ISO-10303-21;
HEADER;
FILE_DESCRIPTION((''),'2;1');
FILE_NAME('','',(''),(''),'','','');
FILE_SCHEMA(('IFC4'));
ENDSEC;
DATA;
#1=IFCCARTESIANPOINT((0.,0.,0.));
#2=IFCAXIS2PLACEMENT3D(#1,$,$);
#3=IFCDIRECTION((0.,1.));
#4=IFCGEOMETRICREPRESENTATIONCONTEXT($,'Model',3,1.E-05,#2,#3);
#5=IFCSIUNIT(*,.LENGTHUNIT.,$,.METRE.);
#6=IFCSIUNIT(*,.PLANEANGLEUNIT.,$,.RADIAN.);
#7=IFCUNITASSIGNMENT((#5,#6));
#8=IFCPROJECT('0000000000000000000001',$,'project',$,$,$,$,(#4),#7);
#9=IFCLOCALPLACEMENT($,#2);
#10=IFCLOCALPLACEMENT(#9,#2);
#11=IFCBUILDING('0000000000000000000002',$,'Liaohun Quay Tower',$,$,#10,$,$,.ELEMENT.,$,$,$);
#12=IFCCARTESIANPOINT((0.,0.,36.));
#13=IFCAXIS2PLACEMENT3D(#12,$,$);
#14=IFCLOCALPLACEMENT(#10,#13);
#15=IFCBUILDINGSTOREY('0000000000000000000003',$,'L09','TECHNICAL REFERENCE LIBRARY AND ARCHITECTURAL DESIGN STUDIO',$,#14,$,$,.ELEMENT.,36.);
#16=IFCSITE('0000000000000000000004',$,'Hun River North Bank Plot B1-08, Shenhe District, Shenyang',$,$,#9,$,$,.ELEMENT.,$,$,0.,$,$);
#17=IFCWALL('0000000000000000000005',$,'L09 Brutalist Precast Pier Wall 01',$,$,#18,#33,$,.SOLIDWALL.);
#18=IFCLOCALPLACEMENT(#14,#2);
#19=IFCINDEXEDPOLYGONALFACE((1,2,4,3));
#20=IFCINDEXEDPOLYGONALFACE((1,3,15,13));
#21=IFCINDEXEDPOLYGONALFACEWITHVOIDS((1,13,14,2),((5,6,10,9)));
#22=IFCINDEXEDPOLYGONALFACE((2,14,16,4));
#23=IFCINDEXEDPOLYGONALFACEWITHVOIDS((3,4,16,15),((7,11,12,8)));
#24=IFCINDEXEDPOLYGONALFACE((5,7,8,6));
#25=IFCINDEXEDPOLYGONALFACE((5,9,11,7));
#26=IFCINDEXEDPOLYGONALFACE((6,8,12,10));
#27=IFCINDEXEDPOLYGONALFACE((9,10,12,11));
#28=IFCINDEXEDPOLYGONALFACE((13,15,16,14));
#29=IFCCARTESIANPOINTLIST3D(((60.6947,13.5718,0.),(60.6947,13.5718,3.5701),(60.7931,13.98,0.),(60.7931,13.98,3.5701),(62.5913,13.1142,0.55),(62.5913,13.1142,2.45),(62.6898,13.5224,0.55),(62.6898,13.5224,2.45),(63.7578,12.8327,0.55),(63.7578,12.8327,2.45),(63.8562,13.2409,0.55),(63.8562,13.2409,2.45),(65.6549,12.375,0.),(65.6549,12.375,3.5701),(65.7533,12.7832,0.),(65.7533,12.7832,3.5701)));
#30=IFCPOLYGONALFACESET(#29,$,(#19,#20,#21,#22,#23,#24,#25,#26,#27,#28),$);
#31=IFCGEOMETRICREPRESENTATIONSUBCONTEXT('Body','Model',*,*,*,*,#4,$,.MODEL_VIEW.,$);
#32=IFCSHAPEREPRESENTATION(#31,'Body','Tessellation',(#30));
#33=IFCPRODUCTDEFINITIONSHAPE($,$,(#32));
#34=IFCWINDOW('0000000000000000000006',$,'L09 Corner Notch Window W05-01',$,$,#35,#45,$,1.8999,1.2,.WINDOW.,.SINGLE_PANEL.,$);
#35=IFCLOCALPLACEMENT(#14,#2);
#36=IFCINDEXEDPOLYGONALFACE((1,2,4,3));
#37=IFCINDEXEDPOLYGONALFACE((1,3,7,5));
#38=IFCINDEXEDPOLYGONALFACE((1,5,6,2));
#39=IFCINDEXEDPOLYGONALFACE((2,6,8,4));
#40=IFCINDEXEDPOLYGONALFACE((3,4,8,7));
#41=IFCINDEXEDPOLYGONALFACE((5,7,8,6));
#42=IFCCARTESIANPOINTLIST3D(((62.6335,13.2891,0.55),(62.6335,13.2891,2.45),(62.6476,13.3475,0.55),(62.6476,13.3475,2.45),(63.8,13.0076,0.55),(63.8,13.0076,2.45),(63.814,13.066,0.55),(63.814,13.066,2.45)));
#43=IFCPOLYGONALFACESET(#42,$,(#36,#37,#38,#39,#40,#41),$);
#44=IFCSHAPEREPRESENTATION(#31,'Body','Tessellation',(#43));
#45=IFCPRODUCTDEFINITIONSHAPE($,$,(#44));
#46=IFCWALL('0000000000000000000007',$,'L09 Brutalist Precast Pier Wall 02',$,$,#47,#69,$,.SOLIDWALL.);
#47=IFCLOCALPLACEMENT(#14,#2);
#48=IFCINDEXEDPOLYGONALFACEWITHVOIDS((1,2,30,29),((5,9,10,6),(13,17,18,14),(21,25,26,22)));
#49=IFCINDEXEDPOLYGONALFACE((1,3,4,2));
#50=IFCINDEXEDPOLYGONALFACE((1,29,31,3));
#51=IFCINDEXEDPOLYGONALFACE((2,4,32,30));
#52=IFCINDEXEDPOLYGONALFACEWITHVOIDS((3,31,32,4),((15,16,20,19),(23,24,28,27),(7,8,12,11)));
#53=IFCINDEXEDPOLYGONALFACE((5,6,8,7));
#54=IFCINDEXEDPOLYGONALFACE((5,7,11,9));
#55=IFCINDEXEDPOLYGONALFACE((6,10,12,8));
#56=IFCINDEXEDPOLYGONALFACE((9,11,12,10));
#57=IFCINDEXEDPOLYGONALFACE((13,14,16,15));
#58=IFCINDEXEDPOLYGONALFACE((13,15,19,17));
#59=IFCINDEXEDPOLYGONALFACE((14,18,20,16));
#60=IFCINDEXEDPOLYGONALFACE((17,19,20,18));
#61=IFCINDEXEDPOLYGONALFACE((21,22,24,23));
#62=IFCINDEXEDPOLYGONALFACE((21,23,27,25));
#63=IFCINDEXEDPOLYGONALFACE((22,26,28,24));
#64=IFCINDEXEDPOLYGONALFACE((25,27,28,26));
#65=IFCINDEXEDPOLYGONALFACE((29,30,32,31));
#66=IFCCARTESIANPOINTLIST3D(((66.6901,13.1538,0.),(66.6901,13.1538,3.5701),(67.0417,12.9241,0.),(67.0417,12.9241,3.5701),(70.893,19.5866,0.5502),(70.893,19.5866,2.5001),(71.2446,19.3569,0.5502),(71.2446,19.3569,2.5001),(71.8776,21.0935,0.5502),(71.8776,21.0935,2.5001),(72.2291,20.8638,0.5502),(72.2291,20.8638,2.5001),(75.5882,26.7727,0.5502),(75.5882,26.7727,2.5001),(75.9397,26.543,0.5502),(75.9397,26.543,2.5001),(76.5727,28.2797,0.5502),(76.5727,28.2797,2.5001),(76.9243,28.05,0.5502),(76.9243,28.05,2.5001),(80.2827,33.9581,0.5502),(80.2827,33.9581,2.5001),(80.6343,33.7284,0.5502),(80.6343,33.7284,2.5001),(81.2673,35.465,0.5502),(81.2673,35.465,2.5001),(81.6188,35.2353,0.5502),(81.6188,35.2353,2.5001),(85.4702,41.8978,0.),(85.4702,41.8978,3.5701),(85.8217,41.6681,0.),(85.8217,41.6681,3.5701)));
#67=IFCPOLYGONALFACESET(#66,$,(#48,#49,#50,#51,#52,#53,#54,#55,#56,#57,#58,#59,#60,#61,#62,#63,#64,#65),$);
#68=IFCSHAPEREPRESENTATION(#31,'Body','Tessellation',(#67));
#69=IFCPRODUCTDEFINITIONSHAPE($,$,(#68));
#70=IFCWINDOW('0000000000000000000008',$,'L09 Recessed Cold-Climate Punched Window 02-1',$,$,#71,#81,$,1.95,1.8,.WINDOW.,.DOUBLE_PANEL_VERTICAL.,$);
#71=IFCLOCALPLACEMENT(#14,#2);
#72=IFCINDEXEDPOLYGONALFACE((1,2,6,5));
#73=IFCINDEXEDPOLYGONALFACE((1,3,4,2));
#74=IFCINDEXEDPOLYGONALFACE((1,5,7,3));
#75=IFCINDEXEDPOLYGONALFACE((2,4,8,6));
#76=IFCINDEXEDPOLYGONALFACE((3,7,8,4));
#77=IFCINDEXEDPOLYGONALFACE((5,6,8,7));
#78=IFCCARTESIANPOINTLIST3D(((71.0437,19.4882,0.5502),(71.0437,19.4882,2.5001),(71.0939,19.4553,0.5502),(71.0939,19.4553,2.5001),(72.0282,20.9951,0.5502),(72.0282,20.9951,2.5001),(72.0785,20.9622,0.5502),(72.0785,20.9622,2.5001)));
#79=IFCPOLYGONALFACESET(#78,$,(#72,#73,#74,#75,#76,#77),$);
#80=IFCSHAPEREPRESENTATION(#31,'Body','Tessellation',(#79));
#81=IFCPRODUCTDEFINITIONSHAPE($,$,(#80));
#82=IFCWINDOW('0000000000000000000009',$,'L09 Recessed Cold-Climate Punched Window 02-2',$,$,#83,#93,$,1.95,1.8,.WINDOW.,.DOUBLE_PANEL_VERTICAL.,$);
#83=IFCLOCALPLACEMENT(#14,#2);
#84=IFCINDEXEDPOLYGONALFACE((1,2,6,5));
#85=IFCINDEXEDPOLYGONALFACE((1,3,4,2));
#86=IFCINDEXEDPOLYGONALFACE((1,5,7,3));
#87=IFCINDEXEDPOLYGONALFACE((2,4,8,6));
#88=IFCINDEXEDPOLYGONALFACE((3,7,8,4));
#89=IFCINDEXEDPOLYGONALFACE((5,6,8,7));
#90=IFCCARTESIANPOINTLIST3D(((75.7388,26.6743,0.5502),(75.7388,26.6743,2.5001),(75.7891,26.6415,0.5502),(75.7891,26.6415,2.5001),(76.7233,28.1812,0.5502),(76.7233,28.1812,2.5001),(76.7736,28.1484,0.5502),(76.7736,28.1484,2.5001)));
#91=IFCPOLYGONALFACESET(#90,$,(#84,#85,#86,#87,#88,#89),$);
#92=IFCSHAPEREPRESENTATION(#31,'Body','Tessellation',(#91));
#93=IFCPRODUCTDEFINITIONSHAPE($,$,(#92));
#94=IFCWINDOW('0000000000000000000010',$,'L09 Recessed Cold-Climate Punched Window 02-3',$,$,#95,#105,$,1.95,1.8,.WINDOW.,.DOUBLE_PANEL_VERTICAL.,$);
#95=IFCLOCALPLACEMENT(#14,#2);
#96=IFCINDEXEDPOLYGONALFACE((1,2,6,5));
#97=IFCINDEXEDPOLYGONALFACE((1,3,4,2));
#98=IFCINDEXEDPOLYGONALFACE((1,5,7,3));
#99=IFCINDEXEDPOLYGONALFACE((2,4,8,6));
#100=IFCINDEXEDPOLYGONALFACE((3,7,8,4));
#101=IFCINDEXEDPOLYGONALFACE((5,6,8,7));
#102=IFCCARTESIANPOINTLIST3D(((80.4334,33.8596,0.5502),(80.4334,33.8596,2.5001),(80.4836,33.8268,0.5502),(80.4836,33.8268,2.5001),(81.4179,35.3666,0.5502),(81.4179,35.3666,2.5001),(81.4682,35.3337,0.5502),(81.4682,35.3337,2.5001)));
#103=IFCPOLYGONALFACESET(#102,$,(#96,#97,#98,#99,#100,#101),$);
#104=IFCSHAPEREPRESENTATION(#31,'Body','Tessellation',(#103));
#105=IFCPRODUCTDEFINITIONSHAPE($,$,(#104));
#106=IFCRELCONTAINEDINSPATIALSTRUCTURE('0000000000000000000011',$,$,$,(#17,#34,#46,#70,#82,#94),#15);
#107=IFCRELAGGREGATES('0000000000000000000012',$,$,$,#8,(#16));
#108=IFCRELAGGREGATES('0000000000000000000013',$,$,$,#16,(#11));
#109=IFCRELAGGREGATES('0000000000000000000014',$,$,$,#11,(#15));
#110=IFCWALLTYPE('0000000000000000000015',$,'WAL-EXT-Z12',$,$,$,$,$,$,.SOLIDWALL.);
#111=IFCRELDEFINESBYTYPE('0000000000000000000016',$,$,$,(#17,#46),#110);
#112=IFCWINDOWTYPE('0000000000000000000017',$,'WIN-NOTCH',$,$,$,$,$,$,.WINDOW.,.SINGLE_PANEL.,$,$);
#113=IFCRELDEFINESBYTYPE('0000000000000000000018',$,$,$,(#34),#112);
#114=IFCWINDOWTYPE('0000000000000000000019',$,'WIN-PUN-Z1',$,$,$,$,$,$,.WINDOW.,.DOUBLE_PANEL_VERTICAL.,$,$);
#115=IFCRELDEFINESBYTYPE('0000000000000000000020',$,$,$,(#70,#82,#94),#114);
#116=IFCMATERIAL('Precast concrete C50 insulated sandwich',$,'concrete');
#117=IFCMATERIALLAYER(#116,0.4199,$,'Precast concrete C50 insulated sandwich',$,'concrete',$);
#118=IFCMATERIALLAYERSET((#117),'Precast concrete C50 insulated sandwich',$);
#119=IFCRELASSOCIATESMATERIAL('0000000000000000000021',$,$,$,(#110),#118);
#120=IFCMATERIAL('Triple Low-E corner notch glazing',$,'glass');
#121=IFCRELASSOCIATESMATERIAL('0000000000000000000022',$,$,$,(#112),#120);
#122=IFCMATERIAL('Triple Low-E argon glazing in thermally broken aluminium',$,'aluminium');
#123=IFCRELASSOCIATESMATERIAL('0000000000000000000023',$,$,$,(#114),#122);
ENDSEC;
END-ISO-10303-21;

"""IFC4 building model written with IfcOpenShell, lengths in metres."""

from ifc_helpers import new_model, si_unit, direction, frame, frame_2d, origin, place, context, subcontext, project, spatial, rectangle, extrude, source, transform, mapped, material, layer, layer_set, type_object, element, fill, save


model = new_model("IFC4")

# Units and contexts
model_context = context("Model", 3, precision=1e-05, world=origin(), true_north=direction((0.0, 1.0)))
body_context = subcontext(model_context, "Body", "Model", "MODEL_VIEW")
ifc_project = project(units=[si_unit("LENGTHUNIT", "METRE"), si_unit("PLANEANGLEUNIT", "RADIAN")], contexts=[model_context])

# Site, building, storey
site_placement = place(None, origin())
site = spatial("IfcSite", under=ifc_project, at=site_placement, Name="Hun River North Bank Plot B1-08, Shenhe District, Shenyang", CompositionType="ELEMENT", RefElevation=0.0)
building_placement = place(site_placement, origin())
building = spatial("IfcBuilding", under=site, at=building_placement, Name="Liaohun Quay Tower", CompositionType="ELEMENT")
storey_placement = place(building_placement, frame((0.0, 0.0, 36.0)))
storey = spatial("IfcBuildingStorey", under=building, at=storey_placement, Name="L09", Description="TECHNICAL REFERENCE LIBRARY AND ARCHITECTURAL DESIGN STUDIO", CompositionType="ELEMENT", Elevation=36.0)

# Wall, opening, window
ifc_material_1 = material(Name="Precast concrete C50 insulated sandwich", Category="concrete")
ifc_layer_1 = layer(ifc_material_1, 0.4199, Name="Precast concrete C50 insulated sandwich", Category="concrete")
ifc_layer_set_1 = layer_set([ifc_layer_1], Name="Precast concrete C50 insulated sandwich")
wall_type_1 = type_object("IfcWallType", Name="WAL-EXT-Z12", PredefinedType="SOLIDWALL", material=ifc_layer_set_1)
wall_1_placement = place(storey_placement, frame((60.7439, 13.7759, 0.0), z_axis=(0.0, 0.0, 1.0), x_axis=(0.972105, -0.234545, 0.0)))
wall_1 = element("IfcWall", 1, at=wall_1_placement, inside=storey, type_object=wall_type_1, Name="L09 Brutalist Precast Pier Wall 01", PredefinedType="SOLIDWALL", context=body_context, shape_type="SweptSolid", body=[
    extrude(rectangle(XDim=5.1025, YDim=0.4199, at=frame_2d((2.5513, 0.0))), origin(), (0.0, 0.0, 1.0), 3.5701),
])
shared_shape_1 = source(origin(), body_context, "Body", "SweptSolid", [
    extrude(rectangle(XDim=1.2, YDim=1.8999, at=frame_2d((0.6001, 0.95))), frame((0.0, 0.22, 0.0), z_axis=(0.0, -1.0, 0.0), x_axis=(1.0, 0.0, 0.0)), (0.0, 0.0, 1.0), 0.4399),
])
opening_1_placement = place(wall_1_placement, frame((1.9509, 0.0, 0.55)))
opening_1 = element("IfcOpeningElement", 2, at=opening_1_placement, cuts=wall_1, PredefinedType="OPENING", context=body_context, shape_type="MappedRepresentation", body=[
    mapped(shared_shape_1, transform((0.0, 0.0, 0.0), x_axis=(1.0, 0.0, 0.0), y_axis=(0.0, 1.0, 0.0), z_axis=(0.0, 0.0, 1.0), scale=1.0)),
])
ifc_material_2 = material(Name="Triple Low-E corner notch glazing", Category="glass")
window_type_1 = type_object("IfcWindowType", Name="WIN-NOTCH", PartitioningType="SINGLE_PANEL", PredefinedType="WINDOW", material=ifc_material_2)
shared_shape_2 = source(origin(), body_context, "Body", "SweptSolid", [
    extrude(rectangle(XDim=1.2, YDim=1.8999, at=frame_2d((0.6001, 0.95))), frame((0.0, 0.03, 0.0), z_axis=(0.0, -1.0, 0.0), x_axis=(1.0, 0.0, 0.0)), (0.0, 0.0, 1.0), 0.0601),
])
window_1_placement = place(opening_1_placement, origin())
window_1 = element("IfcWindow", 3, at=window_1_placement, inside=storey, type_object=window_type_1, Name="L09 Corner Notch Window W05-01", OverallHeight=1.8999, OverallWidth=1.2, PartitioningType="SINGLE_PANEL", PredefinedType="WINDOW", context=body_context, shape_type="MappedRepresentation", body=[
    mapped(shared_shape_2, transform((0.0, 0.0, 0.0), x_axis=(1.0, 0.0, 0.0), y_axis=(0.0, 1.0, 0.0), z_axis=(0.0, 0.0, 1.0), scale=1.0)),
])
fill(opening_1, window_1)

# Wall, openings, windows
wall_2_placement = place(storey_placement, frame((66.866, 13.0391, 0.0), z_axis=(0.0, 0.0, 1.0), x_axis=(0.546963, 0.837157, 0.0)))
wall_2 = element("IfcWall", 4, at=wall_2_placement, inside=storey, type_object=wall_type_1, Name="L09 Brutalist Precast Pier Wall 02", PredefinedType="SOLIDWALL", context=body_context, shape_type="SweptSolid", body=[
    extrude(rectangle(XDim=34.3352, YDim=0.4199, at=frame_2d((17.1675, 0.0))), origin(), (0.0, 0.0, 1.0), 3.5701),
])
shared_shape_3 = source(origin(), body_context, "Body", "SweptSolid", [
    extrude(rectangle(XDim=1.8, YDim=1.95, at=frame_2d((0.8999, 0.9751))), frame((0.0, 0.22, 0.0), z_axis=(0.0, -1.0, 0.0), x_axis=(1.0, 0.0, 0.0)), (0.0, 0.0, 1.0), 0.4399),
])
opening_2_placement = place(wall_2_placement, frame((7.6841, 0.0, 0.55)))
opening_2 = element("IfcOpeningElement", 5, at=opening_2_placement, cuts=wall_2, PredefinedType="OPENING", context=body_context, shape_type="MappedRepresentation", body=[
    mapped(shared_shape_3, transform((0.0, 0.0, 0.0), x_axis=(1.0, 0.0, 0.0), y_axis=(0.0, 1.0, 0.0), z_axis=(0.0, 0.0, 1.0), scale=1.0)),
])
opening_3_placement = place(wall_2_placement, frame((16.2681, 0.0, 0.55)))
opening_3 = element("IfcOpeningElement", 6, at=opening_3_placement, cuts=wall_2, PredefinedType="OPENING", context=body_context, shape_type="MappedRepresentation", body=[
    mapped(shared_shape_3, transform((0.0, 0.0, 0.0), x_axis=(1.0, 0.0, 0.0), y_axis=(0.0, 1.0, 0.0), z_axis=(0.0, 0.0, 1.0), scale=1.0)),
])
opening_4_placement = place(wall_2_placement, frame((24.8511, 0.0, 0.55)))
opening_4 = element("IfcOpeningElement", 7, at=opening_4_placement, cuts=wall_2, PredefinedType="OPENING", context=body_context, shape_type="MappedRepresentation", body=[
    mapped(shared_shape_3, transform((0.0, 0.0, 0.0), x_axis=(1.0, 0.0, 0.0), y_axis=(0.0, 1.0, 0.0), z_axis=(0.0, 0.0, 1.0), scale=1.0)),
])
ifc_material_3 = material(Name="Triple Low-E argon glazing in thermally broken aluminium", Category="aluminium")
window_type_2 = type_object("IfcWindowType", Name="WIN-PUN-Z1", PartitioningType="DOUBLE_PANEL_VERTICAL", PredefinedType="WINDOW", material=ifc_material_3)
shared_shape_4 = source(origin(), body_context, "Body", "SweptSolid", [
    extrude(rectangle(XDim=1.8, YDim=1.95, at=frame_2d((0.8999, 0.9751))), frame((0.0, 0.03, 0.0), z_axis=(0.0, -1.0, 0.0), x_axis=(1.0, 0.0, 0.0)), (0.0, 0.0, 1.0), 0.0601),
])
window_2_placement = place(opening_2_placement, origin())
window_2 = element("IfcWindow", 8, at=window_2_placement, inside=storey, type_object=window_type_2, Name="L09 Recessed Cold-Climate Punched Window 02-1", OverallHeight=1.95, OverallWidth=1.8, PartitioningType="DOUBLE_PANEL_VERTICAL", PredefinedType="WINDOW", context=body_context, shape_type="MappedRepresentation", body=[
    mapped(shared_shape_4, transform((0.0, 0.0, 0.0), x_axis=(1.0, 0.0, 0.0), y_axis=(0.0, 1.0, 0.0), z_axis=(0.0, 0.0, 1.0), scale=1.0)),
])
fill(opening_2, window_2)
window_3_placement = place(opening_3_placement, origin())
window_3 = element("IfcWindow", 9, at=window_3_placement, inside=storey, type_object=window_type_2, Name="L09 Recessed Cold-Climate Punched Window 02-2", OverallHeight=1.95, OverallWidth=1.8, PartitioningType="DOUBLE_PANEL_VERTICAL", PredefinedType="WINDOW", context=body_context, shape_type="MappedRepresentation", body=[
    mapped(shared_shape_4, transform((0.0, 0.0, 0.0), x_axis=(1.0, 0.0, 0.0), y_axis=(0.0, 1.0, 0.0), z_axis=(0.0, 0.0, 1.0), scale=1.0)),
])
fill(opening_3, window_3)
window_4_placement = place(opening_4_placement, origin())
window_4 = element("IfcWindow", 10, at=window_4_placement, inside=storey, type_object=window_type_2, Name="L09 Recessed Cold-Climate Punched Window 02-3", OverallHeight=1.95, OverallWidth=1.8, PartitioningType="DOUBLE_PANEL_VERTICAL", PredefinedType="WINDOW", context=body_context, shape_type="MappedRepresentation", body=[
    mapped(shared_shape_4, transform((0.0, 0.0, 0.0), x_axis=(1.0, 0.0, 0.0), y_axis=(0.0, 1.0, 0.0), z_axis=(0.0, 0.0, 1.0), scale=1.0)),
])
fill(opening_4, window_4)

save(model, "model.ifc")
